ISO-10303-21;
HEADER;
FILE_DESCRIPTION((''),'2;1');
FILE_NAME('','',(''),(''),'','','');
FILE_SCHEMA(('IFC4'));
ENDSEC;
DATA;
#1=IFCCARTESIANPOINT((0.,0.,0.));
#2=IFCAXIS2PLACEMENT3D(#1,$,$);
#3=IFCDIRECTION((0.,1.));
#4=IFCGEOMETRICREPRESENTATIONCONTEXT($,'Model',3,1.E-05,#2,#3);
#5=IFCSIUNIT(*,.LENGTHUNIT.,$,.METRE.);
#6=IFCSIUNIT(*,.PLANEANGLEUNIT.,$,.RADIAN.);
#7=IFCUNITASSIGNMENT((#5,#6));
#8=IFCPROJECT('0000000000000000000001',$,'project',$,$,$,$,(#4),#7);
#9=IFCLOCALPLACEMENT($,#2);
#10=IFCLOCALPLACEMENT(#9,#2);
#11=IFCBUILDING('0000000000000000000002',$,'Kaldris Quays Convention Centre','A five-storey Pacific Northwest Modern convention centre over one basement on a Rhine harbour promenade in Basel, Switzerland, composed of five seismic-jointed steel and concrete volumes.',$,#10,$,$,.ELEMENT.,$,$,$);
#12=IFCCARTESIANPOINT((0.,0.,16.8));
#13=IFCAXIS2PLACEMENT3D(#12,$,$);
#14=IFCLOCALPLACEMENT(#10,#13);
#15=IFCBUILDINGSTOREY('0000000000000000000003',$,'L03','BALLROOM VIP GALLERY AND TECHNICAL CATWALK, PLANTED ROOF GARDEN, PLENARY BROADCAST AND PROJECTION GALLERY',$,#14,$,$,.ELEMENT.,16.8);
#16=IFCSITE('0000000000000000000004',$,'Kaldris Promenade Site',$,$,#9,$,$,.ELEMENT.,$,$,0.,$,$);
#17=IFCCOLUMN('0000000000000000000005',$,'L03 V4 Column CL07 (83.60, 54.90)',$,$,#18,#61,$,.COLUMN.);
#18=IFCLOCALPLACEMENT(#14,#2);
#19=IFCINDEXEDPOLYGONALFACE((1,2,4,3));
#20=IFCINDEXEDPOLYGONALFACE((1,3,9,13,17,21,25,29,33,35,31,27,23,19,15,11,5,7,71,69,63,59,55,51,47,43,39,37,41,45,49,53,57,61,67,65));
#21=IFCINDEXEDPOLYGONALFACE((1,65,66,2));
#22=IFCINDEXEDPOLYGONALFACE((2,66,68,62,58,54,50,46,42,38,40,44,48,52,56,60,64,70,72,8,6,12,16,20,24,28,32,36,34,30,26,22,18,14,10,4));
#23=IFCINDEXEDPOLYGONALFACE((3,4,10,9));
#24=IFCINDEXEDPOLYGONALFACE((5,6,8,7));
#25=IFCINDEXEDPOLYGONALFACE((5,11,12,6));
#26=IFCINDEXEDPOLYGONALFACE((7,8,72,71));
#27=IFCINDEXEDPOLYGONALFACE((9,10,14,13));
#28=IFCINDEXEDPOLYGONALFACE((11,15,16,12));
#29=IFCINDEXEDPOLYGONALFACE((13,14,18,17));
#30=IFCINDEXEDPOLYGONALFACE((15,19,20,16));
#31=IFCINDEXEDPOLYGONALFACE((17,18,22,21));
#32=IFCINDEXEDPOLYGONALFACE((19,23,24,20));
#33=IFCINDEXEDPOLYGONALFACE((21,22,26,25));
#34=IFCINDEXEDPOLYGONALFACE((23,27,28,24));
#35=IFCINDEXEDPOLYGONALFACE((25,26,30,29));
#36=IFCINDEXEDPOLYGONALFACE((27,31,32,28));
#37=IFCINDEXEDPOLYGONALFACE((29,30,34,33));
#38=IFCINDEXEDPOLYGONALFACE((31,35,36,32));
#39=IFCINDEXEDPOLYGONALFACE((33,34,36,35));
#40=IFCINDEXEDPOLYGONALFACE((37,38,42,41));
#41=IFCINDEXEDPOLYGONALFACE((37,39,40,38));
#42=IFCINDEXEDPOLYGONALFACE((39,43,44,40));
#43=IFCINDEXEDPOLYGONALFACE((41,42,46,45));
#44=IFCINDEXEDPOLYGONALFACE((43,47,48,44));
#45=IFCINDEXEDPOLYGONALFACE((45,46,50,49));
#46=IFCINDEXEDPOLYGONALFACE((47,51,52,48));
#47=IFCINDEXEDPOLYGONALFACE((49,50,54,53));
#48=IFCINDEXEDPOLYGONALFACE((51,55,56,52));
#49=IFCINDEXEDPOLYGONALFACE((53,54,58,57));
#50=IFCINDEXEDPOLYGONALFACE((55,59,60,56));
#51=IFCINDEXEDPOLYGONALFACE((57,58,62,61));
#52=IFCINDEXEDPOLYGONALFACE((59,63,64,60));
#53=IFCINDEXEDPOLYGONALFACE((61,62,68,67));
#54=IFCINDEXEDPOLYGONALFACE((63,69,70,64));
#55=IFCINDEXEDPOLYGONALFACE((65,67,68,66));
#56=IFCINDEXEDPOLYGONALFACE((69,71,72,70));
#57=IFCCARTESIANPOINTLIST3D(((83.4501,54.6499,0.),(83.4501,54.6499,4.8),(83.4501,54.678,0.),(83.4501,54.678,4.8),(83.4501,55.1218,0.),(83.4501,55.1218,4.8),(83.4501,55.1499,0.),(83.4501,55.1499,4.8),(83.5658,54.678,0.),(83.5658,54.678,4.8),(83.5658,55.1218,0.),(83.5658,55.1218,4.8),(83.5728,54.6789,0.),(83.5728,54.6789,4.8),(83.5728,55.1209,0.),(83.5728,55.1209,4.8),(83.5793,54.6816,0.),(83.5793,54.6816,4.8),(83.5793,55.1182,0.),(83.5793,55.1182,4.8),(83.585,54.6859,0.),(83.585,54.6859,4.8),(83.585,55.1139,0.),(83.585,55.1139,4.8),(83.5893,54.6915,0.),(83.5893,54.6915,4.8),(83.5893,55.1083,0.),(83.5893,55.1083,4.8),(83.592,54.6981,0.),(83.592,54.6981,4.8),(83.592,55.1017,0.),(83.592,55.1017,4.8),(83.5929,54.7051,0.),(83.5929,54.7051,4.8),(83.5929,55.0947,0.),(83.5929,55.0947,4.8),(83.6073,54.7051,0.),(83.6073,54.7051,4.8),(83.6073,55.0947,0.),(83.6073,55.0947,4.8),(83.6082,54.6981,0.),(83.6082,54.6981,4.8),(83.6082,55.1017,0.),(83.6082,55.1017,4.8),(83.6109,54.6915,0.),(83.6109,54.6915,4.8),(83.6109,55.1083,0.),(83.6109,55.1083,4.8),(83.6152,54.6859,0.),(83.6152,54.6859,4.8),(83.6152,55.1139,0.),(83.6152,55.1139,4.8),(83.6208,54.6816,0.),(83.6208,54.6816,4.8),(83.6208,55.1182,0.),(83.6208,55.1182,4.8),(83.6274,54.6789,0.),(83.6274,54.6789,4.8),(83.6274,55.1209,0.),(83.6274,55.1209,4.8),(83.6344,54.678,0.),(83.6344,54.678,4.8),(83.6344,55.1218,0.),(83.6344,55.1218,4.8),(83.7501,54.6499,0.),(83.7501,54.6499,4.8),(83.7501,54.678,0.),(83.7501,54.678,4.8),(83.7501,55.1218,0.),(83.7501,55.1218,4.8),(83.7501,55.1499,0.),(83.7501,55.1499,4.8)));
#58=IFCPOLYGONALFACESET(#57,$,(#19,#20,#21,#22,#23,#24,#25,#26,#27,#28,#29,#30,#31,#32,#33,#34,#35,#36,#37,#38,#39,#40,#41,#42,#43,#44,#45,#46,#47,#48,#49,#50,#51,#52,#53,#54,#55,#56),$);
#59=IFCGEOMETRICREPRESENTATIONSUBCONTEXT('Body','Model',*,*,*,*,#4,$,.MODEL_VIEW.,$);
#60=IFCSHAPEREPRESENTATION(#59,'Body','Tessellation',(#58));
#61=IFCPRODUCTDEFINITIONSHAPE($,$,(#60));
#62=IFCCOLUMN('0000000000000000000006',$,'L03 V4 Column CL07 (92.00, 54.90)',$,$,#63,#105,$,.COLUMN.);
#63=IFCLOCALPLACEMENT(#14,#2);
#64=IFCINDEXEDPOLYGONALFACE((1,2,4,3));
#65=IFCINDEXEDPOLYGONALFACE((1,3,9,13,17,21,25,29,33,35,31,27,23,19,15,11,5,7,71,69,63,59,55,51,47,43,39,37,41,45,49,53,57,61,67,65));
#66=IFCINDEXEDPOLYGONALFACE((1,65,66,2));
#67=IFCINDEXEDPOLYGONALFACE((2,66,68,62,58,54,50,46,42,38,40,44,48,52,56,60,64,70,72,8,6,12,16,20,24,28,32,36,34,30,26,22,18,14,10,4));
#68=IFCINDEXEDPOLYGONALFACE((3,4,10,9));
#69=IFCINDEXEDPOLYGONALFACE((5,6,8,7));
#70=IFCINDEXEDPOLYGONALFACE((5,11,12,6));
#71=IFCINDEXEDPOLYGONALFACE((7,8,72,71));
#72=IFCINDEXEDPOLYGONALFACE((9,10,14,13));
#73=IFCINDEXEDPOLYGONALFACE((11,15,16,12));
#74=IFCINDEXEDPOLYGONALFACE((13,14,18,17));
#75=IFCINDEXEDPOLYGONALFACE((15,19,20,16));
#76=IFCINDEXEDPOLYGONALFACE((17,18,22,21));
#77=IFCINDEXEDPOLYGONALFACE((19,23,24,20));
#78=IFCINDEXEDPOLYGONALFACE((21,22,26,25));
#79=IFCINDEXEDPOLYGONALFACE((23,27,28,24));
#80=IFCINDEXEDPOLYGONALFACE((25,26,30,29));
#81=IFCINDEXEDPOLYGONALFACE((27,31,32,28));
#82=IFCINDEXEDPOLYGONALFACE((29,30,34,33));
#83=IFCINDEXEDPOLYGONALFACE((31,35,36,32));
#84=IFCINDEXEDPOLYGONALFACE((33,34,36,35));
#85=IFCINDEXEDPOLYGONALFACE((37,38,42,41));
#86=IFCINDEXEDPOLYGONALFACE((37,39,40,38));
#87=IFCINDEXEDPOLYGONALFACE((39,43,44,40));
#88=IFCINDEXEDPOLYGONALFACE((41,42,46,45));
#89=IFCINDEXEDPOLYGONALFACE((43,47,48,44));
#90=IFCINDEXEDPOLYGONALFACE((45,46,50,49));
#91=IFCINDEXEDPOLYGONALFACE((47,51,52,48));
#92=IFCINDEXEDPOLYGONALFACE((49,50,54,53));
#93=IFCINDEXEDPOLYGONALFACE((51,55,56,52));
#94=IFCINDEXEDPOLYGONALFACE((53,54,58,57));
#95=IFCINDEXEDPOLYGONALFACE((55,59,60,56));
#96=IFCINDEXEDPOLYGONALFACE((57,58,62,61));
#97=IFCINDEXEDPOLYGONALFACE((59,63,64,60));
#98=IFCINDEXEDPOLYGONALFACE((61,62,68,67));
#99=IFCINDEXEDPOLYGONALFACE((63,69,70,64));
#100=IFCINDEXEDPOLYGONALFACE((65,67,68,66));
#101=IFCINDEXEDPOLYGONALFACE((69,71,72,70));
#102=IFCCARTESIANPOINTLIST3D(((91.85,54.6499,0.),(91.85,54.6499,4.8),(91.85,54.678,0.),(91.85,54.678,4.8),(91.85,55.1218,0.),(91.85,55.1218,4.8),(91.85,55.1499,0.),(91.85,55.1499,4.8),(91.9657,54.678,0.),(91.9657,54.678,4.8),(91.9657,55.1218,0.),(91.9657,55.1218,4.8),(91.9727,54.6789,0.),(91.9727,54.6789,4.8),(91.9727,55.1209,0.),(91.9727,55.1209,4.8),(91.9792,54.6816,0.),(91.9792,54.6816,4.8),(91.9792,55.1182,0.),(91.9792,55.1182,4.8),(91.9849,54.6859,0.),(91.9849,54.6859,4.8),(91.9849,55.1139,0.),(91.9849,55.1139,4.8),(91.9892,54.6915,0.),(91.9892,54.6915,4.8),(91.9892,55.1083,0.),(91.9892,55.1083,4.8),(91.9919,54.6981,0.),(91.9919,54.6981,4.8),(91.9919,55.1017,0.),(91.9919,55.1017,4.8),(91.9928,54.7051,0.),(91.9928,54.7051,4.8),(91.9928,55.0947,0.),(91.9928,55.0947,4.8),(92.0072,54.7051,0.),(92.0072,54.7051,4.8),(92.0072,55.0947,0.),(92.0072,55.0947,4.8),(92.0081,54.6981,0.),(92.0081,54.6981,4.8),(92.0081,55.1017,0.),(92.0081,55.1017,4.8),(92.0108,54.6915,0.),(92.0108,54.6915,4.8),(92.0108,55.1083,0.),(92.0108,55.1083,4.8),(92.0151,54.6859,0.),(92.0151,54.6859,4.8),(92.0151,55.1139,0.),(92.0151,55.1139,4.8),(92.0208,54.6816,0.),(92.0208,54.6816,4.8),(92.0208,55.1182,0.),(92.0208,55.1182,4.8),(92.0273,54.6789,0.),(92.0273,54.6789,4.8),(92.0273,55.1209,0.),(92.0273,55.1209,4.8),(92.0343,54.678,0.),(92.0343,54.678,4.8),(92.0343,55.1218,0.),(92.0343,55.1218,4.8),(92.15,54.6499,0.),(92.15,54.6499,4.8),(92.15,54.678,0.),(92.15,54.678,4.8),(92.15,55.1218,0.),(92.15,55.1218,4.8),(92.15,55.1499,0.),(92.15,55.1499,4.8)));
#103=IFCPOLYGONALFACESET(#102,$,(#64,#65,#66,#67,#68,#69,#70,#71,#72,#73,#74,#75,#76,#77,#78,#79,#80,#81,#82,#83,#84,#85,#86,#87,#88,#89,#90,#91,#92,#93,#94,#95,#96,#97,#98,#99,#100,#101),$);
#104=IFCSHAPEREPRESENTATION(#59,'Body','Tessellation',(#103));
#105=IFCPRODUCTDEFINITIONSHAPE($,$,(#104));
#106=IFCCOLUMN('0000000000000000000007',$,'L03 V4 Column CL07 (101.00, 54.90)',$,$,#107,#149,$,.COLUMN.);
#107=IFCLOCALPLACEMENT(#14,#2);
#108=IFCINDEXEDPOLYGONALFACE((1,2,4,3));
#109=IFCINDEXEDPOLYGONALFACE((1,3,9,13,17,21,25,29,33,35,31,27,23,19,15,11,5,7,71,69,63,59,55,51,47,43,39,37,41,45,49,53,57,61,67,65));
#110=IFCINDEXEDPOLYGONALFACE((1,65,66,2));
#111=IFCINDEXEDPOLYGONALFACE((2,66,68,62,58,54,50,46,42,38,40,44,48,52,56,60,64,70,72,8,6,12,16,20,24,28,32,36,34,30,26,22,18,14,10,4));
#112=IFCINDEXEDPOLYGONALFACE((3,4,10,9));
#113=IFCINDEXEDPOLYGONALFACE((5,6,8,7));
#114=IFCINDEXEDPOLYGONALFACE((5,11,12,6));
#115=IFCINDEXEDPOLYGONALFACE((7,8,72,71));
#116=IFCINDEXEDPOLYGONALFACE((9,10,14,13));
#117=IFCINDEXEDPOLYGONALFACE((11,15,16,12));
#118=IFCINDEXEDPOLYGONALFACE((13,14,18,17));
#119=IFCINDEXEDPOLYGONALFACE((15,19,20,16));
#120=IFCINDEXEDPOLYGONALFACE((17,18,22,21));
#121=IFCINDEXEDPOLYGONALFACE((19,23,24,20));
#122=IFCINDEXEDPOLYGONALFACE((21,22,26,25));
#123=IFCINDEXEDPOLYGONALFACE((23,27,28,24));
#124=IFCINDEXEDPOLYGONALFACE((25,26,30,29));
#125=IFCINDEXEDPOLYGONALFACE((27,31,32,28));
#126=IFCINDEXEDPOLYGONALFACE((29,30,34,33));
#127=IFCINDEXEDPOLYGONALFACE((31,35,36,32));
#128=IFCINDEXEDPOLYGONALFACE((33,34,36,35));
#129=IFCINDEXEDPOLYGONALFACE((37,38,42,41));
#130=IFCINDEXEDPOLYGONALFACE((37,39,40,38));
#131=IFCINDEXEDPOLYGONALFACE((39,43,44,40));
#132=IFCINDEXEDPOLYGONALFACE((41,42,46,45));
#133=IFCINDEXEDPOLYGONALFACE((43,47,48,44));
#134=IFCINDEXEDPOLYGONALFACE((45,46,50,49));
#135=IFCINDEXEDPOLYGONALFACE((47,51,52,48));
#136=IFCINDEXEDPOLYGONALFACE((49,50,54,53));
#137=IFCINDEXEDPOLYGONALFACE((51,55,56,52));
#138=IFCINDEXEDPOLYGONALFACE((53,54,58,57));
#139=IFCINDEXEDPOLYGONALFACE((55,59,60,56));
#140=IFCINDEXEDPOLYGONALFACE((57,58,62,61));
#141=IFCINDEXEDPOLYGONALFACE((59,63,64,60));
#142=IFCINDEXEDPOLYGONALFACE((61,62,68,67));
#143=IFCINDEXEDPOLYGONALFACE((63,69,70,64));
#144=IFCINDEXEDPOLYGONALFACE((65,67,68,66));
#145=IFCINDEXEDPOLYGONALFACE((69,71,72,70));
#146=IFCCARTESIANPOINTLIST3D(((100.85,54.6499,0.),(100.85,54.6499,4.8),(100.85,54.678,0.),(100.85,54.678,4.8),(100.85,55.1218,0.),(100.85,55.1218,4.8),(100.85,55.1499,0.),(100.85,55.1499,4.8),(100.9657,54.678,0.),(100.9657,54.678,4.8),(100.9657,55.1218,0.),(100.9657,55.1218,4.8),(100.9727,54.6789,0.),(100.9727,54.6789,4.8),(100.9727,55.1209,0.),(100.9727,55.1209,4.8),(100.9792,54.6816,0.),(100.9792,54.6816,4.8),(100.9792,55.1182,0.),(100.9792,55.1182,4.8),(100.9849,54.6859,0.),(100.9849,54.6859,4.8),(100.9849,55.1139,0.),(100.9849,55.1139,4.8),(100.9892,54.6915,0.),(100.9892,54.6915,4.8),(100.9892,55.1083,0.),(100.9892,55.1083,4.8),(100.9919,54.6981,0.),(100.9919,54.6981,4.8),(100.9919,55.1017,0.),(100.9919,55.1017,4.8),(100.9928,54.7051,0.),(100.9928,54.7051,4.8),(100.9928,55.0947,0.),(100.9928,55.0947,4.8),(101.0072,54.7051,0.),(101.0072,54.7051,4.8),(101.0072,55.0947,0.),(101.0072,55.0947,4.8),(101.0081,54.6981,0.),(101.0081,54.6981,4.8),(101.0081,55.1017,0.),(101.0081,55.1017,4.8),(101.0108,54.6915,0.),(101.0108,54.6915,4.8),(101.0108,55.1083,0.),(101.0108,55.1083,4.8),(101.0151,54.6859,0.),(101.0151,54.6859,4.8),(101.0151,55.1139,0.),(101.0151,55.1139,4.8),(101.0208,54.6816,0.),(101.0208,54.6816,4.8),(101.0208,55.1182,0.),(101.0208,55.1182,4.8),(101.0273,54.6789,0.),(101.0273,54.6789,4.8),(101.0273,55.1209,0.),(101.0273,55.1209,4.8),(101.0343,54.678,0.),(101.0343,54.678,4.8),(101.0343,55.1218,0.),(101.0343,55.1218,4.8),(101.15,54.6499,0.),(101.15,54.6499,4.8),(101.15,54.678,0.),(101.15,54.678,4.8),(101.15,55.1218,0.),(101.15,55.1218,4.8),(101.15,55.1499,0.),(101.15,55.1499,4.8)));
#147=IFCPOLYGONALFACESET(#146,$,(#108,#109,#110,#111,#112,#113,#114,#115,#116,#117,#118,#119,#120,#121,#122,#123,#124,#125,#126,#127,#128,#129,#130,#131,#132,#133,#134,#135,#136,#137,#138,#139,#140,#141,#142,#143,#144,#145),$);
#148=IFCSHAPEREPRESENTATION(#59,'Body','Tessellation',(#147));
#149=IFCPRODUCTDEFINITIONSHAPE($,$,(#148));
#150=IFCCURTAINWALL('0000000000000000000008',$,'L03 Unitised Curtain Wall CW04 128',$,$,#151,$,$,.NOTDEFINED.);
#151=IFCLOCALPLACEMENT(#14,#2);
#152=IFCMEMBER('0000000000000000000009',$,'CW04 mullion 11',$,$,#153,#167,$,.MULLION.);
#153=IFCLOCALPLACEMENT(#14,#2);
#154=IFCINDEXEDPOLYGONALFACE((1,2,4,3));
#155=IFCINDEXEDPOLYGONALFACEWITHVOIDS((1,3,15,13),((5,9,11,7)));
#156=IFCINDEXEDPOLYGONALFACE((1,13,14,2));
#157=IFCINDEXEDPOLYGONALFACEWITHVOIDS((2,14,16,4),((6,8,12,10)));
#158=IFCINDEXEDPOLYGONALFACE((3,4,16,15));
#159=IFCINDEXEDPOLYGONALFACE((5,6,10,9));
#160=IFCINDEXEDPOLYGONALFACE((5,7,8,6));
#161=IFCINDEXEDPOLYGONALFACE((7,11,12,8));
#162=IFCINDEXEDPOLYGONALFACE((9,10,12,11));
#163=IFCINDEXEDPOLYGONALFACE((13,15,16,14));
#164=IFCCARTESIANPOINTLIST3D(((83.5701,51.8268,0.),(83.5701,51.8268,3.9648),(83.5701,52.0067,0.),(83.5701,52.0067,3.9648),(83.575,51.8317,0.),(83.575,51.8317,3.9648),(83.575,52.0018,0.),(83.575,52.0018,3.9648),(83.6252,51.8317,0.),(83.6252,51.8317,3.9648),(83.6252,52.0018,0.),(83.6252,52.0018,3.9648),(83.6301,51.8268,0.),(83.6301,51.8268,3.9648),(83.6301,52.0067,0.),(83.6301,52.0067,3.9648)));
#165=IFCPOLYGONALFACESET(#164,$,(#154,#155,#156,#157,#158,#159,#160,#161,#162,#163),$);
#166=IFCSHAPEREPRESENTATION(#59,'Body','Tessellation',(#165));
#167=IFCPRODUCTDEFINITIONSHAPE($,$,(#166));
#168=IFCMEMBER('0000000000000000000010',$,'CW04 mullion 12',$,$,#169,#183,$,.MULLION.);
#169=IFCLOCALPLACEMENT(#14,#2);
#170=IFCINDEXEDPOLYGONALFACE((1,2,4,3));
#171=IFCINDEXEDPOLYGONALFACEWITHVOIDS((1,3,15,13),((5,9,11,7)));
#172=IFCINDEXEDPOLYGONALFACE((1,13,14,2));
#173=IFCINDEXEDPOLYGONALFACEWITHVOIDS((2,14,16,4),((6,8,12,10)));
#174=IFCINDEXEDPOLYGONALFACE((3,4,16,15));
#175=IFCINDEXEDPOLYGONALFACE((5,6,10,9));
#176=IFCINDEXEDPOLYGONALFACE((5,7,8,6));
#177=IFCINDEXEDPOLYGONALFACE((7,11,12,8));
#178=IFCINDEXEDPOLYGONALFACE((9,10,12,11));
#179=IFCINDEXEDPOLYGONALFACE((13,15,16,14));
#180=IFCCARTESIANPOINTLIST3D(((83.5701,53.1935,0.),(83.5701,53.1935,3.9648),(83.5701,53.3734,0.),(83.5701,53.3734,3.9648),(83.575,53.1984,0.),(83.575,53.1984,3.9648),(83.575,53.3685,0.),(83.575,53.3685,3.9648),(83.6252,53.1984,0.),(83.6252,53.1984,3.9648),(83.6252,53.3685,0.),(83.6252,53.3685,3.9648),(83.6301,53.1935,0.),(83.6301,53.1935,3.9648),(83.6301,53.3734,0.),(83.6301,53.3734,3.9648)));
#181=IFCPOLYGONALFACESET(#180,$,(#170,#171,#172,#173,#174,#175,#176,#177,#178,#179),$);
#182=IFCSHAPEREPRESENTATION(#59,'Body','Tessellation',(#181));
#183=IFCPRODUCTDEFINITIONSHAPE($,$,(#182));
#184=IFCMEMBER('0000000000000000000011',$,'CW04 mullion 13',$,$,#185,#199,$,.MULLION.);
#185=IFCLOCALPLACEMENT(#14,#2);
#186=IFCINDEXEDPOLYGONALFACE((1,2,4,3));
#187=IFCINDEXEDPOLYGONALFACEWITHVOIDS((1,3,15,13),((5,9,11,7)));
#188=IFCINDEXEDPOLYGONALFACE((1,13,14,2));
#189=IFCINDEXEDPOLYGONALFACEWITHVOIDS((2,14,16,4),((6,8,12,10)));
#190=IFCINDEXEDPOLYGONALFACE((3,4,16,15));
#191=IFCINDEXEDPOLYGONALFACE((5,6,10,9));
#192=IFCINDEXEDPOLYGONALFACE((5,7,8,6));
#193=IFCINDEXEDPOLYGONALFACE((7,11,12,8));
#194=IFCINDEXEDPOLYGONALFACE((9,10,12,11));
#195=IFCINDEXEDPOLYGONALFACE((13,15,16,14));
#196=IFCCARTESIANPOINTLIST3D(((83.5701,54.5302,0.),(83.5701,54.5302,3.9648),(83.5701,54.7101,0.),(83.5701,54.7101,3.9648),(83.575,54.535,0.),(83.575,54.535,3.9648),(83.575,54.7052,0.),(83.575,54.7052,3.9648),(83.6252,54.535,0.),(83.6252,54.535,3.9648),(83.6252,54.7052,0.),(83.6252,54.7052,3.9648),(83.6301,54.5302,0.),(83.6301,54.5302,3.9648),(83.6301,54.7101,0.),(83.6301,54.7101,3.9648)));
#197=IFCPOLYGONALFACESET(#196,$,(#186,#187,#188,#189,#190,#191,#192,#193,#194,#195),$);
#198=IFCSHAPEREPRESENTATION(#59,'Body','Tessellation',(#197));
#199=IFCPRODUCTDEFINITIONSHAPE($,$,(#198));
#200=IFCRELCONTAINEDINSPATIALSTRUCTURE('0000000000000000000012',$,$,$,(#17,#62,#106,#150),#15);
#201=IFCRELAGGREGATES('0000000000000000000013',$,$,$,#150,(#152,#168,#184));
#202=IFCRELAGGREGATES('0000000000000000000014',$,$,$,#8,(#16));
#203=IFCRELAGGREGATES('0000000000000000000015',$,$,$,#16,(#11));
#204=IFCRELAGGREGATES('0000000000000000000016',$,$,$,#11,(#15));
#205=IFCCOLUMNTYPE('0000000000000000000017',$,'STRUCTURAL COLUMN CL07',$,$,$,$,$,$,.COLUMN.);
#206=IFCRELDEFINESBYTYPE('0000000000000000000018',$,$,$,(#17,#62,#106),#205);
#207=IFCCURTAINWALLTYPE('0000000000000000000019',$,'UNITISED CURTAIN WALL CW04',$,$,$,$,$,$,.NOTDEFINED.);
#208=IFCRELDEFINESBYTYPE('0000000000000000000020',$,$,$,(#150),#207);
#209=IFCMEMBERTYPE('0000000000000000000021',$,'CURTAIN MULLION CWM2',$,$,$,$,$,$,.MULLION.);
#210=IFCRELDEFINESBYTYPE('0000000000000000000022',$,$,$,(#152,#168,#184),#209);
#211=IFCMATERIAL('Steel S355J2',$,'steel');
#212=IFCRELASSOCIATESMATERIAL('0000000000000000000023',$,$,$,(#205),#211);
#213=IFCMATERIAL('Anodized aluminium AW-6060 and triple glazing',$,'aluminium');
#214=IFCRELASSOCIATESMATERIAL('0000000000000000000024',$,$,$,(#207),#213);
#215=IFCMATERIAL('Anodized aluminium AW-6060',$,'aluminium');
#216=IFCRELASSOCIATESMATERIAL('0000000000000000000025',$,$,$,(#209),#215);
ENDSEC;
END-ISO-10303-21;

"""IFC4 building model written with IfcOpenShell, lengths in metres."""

from ifc_helpers import new_model, si_unit, direction, frame, origin, origin_2d, place, context, subcontext, project, spatial, hollow_rectangle, i_section, extrude, material, material_profile, profile_set, type_object, element, aggregate, save


model = new_model("IFC4")

# Units and contexts
model_context = context("Model", 3, precision=1e-05, world=origin(), true_north=direction((0.0, 1.0)))
body_context = subcontext(model_context, "Body", "Model", "MODEL_VIEW")
ifc_project = project(units=[si_unit("LENGTHUNIT", "METRE"), si_unit("PLANEANGLEUNIT", "RADIAN")], contexts=[model_context])

# Site, building, storey
site_placement = place(None, origin())
site = spatial("IfcSite", under=ifc_project, at=site_placement, Name="Kaldris Promenade Site", CompositionType="ELEMENT", RefElevation=0.0)
building_placement = place(site_placement, origin())
building = spatial("IfcBuilding", under=site, at=building_placement, Name="Kaldris Quays Convention Centre", Description="A five-storey Pacific Northwest Modern convention centre over one basement on a Rhine harbour promenade in Basel, Switzerland, composed of five seismic-jointed steel and concrete volumes.", CompositionType="ELEMENT")
storey_placement = place(building_placement, frame((0.0, 0.0, 16.8)))
storey = spatial("IfcBuildingStorey", under=building, at=storey_placement, Name="L03", Description="BALLROOM VIP GALLERY AND TECHNICAL CATWALK, PLANTED ROOF GARDEN, PLENARY BROADCAST AND PROJECTION GALLERY", CompositionType="ELEMENT", Elevation=16.8)

# Columns
ifc_material_1 = material(Name="Steel S355J2", Category="steel")
ifc_material_profile_1 = material_profile(ifc_material_1, i_section(OverallWidth=0.3, OverallDepth=0.5, WebThickness=0.0144, FlangeThickness=0.0281, FilletRadius=0.0271, at=origin_2d()), Name="HEB 500")
ifc_profile_set_1 = profile_set([ifc_material_profile_1], Name="Steel S355J2")
column_type = type_object("IfcColumnType", Name="STRUCTURAL COLUMN CL07", PredefinedType="COLUMN", material=ifc_profile_set_1)
for number, where, z_axis, x_axis, name in (
    (1, (83.6001, 54.8999, 0.0), (0.0, 0.0, 1.0), (1.0, 0.0, 0.0), "L03 V4 Column CL07 (83.60, 54.90)"),
    (2, (92.0, 54.8999, 0.0), (0.0, 0.0, 1.0), (1.0, 0.0, 0.0), "L03 V4 Column CL07 (92.00, 54.90)"),
    (3, (101.0, 54.8999, 0.0), (0.0, 0.0, 1.0), (1.0, 0.0, 0.0), "L03 V4 Column CL07 (101.00, 54.90)"),
):
    element("IfcColumn", number, at=place(storey_placement, frame(where, z_axis=z_axis, x_axis=x_axis)), inside=storey, type_object=column_type, Name=name, PredefinedType="COLUMN", context=body_context, shape_type="SweptSolid", body=[
        extrude(i_section(OverallWidth=0.3, OverallDepth=0.5, WebThickness=0.0144, FlangeThickness=0.0281, FilletRadius=0.0271, at=origin_2d()), origin(), (0.0, 0.0, 1.0), 4.8),
    ])

# Curtain wall, members
ifc_material_2 = material(Name="Anodized aluminium AW-6060 and triple glazing", Category="aluminium")
curtain_wall_type = type_object("IfcCurtainWallType", Name="UNITISED CURTAIN WALL CW04", PredefinedType="NOTDEFINED", material=ifc_material_2)
curtain_wall_placement = place(storey_placement, origin())
curtain_wall = element("IfcCurtainWall", 4, at=curtain_wall_placement, inside=storey, type_object=curtain_wall_type, Name="L03 Unitised Curtain Wall CW04 128", PredefinedType="NOTDEFINED")
ifc_material_3 = material(Name="Anodized aluminium AW-6060", Category="aluminium")
ifc_material_profile_2 = material_profile(ifc_material_3, hollow_rectangle(XDim=0.0601, YDim=0.1799, WallThickness=0.0049, at=origin_2d()), Name="RHS 180x60x5")
ifc_profile_set_2 = profile_set([ifc_material_profile_2], Name="Anodized aluminium AW-6060")
member_type_1 = type_object("IfcMemberType", Name="CURTAIN MULLION CWM2", PredefinedType="MULLION", material=ifc_profile_set_2)
member_1_placement = place(storey_placement, frame((83.6001, 51.9167, 0.0), z_axis=(0.0, 0.0, 1.0), x_axis=(-1.0, 0.0, 0.0)))
member_1 = element("IfcMember", 5, at=member_1_placement, type_object=member_type_1, Name="CW04 mullion 11", PredefinedType="MULLION", context=body_context, shape_type="SweptSolid", body=[
    extrude(hollow_rectangle(XDim=0.0601, YDim=0.1799, WallThickness=0.0049, at=origin_2d()), origin(), (0.0, 0.0, 1.0), 3.9648),
])
member_2_placement = place(storey_placement, frame((83.6001, 53.2834, 0.0), z_axis=(0.0, 0.0, 1.0), x_axis=(-1.0, 0.0, 0.0)))
member_2 = element("IfcMember", 6, at=member_2_placement, type_object=member_type_1, Name="CW04 mullion 12", PredefinedType="MULLION", context=body_context, shape_type="SweptSolid", body=[
    extrude(hollow_rectangle(XDim=0.0601, YDim=0.1799, WallThickness=0.0049, at=origin_2d()), origin(), (0.0, 0.0, 1.0), 3.9648),
])
member_3_placement = place(storey_placement, frame((83.6001, 54.6201, 0.0), z_axis=(0.0, 0.0, 1.0), x_axis=(-1.0, 0.0, 0.0)))
member_3 = element("IfcMember", 7, at=member_3_placement, type_object=member_type_1, Name="CW04 mullion 13", PredefinedType="MULLION", context=body_context, shape_type="SweptSolid", body=[
    extrude(hollow_rectangle(XDim=0.0601, YDim=0.1799, WallThickness=0.0049, at=origin_2d()), origin(), (0.0, 0.0, 1.0), 3.9648),
])

aggregate(curtain_wall, [member_1, member_2, member_3])

save(model, "model.ifc")
